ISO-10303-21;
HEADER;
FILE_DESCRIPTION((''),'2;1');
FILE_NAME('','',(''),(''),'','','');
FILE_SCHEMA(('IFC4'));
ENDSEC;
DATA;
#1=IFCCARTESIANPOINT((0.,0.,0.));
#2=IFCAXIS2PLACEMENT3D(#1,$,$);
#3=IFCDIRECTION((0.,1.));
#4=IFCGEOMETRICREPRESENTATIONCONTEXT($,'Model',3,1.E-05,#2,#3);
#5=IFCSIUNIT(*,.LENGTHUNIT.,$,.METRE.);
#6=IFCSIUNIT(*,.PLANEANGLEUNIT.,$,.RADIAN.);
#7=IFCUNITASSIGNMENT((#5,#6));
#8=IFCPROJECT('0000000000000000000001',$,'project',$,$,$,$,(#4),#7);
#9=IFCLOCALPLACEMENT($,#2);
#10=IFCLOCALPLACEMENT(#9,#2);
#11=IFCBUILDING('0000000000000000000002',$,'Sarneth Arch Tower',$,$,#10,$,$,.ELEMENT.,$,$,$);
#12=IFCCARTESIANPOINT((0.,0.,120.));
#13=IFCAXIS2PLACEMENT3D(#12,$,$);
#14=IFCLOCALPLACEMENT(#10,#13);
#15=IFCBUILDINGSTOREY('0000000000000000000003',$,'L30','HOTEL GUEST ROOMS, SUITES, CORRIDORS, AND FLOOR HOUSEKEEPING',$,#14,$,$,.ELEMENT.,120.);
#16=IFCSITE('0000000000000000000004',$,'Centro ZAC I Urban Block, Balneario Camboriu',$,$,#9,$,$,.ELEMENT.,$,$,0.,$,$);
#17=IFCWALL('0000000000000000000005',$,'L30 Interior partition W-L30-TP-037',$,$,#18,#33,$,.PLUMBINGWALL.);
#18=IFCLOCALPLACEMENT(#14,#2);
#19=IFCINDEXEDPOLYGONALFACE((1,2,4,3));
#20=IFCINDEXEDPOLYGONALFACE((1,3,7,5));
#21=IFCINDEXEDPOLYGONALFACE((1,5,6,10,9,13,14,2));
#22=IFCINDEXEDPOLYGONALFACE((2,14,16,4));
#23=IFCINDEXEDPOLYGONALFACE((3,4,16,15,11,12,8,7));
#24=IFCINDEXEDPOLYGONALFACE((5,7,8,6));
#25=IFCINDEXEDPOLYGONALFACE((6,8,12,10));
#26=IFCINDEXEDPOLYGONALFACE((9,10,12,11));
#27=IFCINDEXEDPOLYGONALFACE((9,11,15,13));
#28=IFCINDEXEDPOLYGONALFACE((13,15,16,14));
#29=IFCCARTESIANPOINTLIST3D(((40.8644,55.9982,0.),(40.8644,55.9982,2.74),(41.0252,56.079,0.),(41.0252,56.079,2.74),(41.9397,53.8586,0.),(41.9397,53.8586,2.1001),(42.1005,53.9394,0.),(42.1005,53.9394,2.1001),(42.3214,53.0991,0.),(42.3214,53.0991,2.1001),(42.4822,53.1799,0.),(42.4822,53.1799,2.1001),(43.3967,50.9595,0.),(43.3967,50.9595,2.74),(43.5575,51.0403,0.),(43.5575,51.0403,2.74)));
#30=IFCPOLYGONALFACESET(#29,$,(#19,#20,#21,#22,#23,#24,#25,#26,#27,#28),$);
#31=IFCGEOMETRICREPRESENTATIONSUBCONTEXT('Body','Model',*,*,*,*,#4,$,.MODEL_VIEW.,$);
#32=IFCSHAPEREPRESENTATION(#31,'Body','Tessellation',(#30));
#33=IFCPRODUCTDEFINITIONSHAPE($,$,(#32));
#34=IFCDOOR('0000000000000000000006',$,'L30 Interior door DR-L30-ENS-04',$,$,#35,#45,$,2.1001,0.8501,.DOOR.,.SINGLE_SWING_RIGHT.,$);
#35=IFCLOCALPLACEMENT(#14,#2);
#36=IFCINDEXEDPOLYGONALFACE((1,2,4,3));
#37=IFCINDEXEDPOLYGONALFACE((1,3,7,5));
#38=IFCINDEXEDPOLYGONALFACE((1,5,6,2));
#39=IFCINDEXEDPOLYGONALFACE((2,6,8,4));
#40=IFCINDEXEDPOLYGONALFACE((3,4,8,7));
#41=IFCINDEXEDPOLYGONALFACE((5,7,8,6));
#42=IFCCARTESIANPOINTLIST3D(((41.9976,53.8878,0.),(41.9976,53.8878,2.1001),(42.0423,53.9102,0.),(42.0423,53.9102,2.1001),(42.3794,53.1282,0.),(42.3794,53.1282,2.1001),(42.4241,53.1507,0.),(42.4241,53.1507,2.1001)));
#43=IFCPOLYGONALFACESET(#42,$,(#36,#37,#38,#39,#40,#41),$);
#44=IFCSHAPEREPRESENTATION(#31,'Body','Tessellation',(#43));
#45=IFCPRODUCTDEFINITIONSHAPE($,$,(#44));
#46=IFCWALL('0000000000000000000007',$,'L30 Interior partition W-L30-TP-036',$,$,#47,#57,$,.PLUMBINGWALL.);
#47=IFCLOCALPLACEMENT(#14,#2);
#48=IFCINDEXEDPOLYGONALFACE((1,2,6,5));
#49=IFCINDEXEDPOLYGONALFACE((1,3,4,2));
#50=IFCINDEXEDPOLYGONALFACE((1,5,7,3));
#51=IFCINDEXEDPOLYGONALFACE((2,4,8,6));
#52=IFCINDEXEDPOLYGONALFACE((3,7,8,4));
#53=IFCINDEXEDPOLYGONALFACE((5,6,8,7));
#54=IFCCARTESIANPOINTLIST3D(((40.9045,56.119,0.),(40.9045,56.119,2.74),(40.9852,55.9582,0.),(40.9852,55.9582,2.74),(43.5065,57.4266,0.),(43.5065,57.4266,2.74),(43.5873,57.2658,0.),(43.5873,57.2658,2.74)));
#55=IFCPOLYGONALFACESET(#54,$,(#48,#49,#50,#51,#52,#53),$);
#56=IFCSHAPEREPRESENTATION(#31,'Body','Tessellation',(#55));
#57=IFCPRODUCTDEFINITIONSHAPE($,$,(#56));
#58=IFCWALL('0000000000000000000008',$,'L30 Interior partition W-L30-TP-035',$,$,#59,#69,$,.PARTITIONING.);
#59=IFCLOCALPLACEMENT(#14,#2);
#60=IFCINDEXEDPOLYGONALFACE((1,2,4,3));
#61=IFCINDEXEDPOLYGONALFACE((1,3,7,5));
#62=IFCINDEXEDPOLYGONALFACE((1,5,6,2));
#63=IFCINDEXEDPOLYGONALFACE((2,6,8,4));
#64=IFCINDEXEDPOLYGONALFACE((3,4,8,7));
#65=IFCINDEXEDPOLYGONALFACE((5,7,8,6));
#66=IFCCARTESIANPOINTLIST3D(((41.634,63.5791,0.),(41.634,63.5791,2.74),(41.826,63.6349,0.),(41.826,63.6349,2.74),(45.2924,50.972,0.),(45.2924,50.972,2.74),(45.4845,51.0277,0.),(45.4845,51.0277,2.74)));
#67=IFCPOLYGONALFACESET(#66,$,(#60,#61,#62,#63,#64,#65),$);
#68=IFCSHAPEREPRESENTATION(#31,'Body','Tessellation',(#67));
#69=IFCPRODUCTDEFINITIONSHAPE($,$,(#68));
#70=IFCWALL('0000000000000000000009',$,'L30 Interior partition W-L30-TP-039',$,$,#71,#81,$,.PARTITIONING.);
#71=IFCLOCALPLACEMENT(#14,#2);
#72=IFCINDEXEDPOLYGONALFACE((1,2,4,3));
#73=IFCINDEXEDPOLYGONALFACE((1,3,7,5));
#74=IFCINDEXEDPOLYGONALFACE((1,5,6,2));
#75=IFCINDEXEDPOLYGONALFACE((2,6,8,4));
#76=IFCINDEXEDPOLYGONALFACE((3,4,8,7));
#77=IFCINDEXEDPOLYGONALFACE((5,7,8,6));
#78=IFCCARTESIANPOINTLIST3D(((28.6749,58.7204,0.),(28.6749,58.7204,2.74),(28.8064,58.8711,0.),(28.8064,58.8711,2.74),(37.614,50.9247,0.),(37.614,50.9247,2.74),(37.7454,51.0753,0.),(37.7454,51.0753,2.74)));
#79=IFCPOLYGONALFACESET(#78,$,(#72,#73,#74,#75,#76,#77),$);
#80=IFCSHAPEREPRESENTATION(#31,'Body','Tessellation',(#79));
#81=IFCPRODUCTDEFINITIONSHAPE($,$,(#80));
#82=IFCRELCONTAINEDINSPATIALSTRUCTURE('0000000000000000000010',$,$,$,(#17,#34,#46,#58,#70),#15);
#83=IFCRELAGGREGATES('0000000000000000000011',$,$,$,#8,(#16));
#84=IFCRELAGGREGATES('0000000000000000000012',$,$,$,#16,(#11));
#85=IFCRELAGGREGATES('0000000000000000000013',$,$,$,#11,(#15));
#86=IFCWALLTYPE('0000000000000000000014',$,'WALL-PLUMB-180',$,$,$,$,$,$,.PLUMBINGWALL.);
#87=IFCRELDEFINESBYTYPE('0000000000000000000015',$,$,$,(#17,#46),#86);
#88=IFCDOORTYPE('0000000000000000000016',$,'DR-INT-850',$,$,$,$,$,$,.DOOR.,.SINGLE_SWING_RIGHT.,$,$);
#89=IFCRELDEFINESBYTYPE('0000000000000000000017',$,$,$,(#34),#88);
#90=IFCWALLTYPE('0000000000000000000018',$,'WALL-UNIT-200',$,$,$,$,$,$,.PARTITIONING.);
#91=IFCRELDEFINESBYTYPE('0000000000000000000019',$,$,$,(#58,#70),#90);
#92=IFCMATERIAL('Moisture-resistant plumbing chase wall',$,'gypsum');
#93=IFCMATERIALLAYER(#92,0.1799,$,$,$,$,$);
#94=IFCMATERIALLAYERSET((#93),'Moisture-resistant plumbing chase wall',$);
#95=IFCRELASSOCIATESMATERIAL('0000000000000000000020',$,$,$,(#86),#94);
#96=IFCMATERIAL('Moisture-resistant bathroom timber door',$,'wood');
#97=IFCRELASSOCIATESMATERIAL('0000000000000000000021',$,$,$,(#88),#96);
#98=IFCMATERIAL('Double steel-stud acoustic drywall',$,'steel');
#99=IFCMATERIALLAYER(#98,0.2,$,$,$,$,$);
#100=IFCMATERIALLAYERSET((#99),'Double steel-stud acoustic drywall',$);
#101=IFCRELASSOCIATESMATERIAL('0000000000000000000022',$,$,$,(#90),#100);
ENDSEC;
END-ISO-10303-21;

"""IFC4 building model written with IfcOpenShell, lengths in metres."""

from ifc_helpers import new_model, si_unit, direction, frame, frame_2d, origin, place, context, subcontext, project, spatial, rectangle, extrude, material, layer, layer_set, type_object, element, fill, save


model = new_model("IFC4")

# Units and contexts
model_context = context("Model", 3, precision=1e-05, world=origin(), true_north=direction((0.0, 1.0)))
body_context = subcontext(model_context, "Body", "Model", "MODEL_VIEW")
ifc_project = project(units=[si_unit("LENGTHUNIT", "METRE"), si_unit("PLANEANGLEUNIT", "RADIAN")], contexts=[model_context])

# Site, building, storey
site_placement = place(None, origin())
site = spatial("IfcSite", under=ifc_project, at=site_placement, Name="Centro ZAC I Urban Block, Balneario Camboriu", CompositionType="ELEMENT", RefElevation=0.0)
building_placement = place(site_placement, origin())
building = spatial("IfcBuilding", under=site, at=building_placement, Name="Sarneth Arch Tower", CompositionType="ELEMENT")
storey_placement = place(building_placement, frame((0.0, 0.0, 120.0)))
storey = spatial("IfcBuildingStorey", under=building, at=storey_placement, Name="L30", Description="HOTEL GUEST ROOMS, SUITES, CORRIDORS, AND FLOOR HOUSEKEEPING", CompositionType="ELEMENT", Elevation=120.0)

# Wall, opening, door
ifc_material_1 = material(Name="Moisture-resistant plumbing chase wall", Category="gypsum")
ifc_layer_1 = layer(ifc_material_1, 0.1799)
ifc_layer_set_1 = layer_set([ifc_layer_1], Name="Moisture-resistant plumbing chase wall")
wall_type_1 = type_object("IfcWallType", Name="WALL-PLUMB-180", PredefinedType="PLUMBINGWALL", material=ifc_layer_set_1)
wall_1_placement = place(storey_placement, frame((40.9448, 56.0386, 0.0), z_axis=(0.0, 0.0, 1.0), x_axis=(0.449048, -0.893507, 0.0)))
wall_1 = element("IfcWall", 1, at=wall_1_placement, inside=storey, type_object=wall_type_1, Name="L30 Interior partition W-L30-TP-037", PredefinedType="PLUMBINGWALL", context=body_context, shape_type="SweptSolid", body=[
    extrude(rectangle(XDim=5.6392, YDim=0.1799, at=frame_2d((2.8196, 0.0))), origin(), (0.0, 0.0, 1.0), 2.74),
])
opening_1_placement = place(wall_1_placement, frame((2.3945, 0.0, 0.0)))
opening_1 = element("IfcOpeningElement", 2, at=opening_1_placement, cuts=wall_1, PredefinedType="OPENING", context=body_context, shape_type="SweptSolid", body=[
    extrude(rectangle(XDim=0.8501, YDim=2.1001, at=frame_2d((0.425, 1.05))), frame((0.0, 0.0999, 0.0), z_axis=(0.0, -1.0, 0.0), x_axis=(1.0, 0.0, 0.0)), (0.0, 0.0, 1.0), 0.2),
])
ifc_material_2 = material(Name="Moisture-resistant bathroom timber door", Category="wood")
door_type_1 = type_object("IfcDoorType", Name="DR-INT-850", OperationType="SINGLE_SWING_RIGHT", PredefinedType="DOOR", material=ifc_material_2)
door_1_placement = place(opening_1_placement, origin())
door_1 = element("IfcDoor", 3, at=door_1_placement, inside=storey, type_object=door_type_1, Name="L30 Interior door DR-L30-ENS-04", OperationType="SINGLE_SWING_RIGHT", OverallHeight=2.1001, OverallWidth=0.8501, PredefinedType="DOOR", context=body_context, shape_type="SweptSolid", body=[
    extrude(rectangle(XDim=0.8501, YDim=2.1001, at=frame_2d((0.425, 1.05))), frame((0.0, 0.0249, 0.0), z_axis=(0.0, -1.0, 0.0), x_axis=(1.0, 0.0, 0.0)), (0.0, 0.0, 1.0), 0.05),
])
fill(opening_1, door_1)

# Walls
wall_2_placement = place(storey_placement, frame((43.5469, 57.3462, 0.0), z_axis=(0.0, 0.0, 1.0), x_axis=(-0.89352, -0.449024, 0.0)))
element("IfcWall", 4, at=wall_2_placement, inside=storey, type_object=wall_type_1, Name="L30 Interior partition W-L30-TP-036", PredefinedType="PLUMBINGWALL", context=body_context, shape_type="SweptSolid", body=[
    extrude(rectangle(XDim=2.9121, YDim=0.1799, at=frame_2d((1.4561, 0.0))), origin(), (0.0, 0.0, 1.0), 2.74),
])
ifc_material_3 = material(Name="Double steel-stud acoustic drywall", Category="steel")
ifc_layer_2 = layer(ifc_material_3, 0.2)
ifc_layer_set_2 = layer_set([ifc_layer_2], Name="Double steel-stud acoustic drywall")
wall_type_2 = type_object("IfcWallType", Name="WALL-UNIT-200", PredefinedType="PARTITIONING", material=ifc_layer_set_2)
wall_3_placement = place(storey_placement, frame((45.3884, 51.0, 0.0), z_axis=(0.0, 0.0, 1.0), x_axis=(-0.278691, 0.960381, 0.0)))
element("IfcWall", 5, at=wall_3_placement, inside=storey, type_object=wall_type_2, Name="L30 Interior partition W-L30-TP-035", PredefinedType="PARTITIONING", context=body_context, shape_type="SweptSolid", body=[
    extrude(rectangle(XDim=13.1272, YDim=0.2, at=frame_2d((6.5635, 0.0))), origin(), (0.0, 0.0, 1.0), 2.74),
])
wall_4_placement = place(storey_placement, frame((37.6797, 51.0, 0.0), z_axis=(0.0, 0.0, 1.0), x_axis=(-0.75366, 0.657265, 0.0)))
element("IfcWall", 6, at=wall_4_placement, inside=storey, type_object=wall_type_2, Name="L30 Interior partition W-L30-TP-039", PredefinedType="PARTITIONING", context=body_context, shape_type="SweptSolid", body=[
    extrude(rectangle(XDim=11.8608, YDim=0.2, at=frame_2d((5.9304, 0.0))), origin(), (0.0, 0.0, 1.0), 2.74),
])

save(model, "model.ifc")
